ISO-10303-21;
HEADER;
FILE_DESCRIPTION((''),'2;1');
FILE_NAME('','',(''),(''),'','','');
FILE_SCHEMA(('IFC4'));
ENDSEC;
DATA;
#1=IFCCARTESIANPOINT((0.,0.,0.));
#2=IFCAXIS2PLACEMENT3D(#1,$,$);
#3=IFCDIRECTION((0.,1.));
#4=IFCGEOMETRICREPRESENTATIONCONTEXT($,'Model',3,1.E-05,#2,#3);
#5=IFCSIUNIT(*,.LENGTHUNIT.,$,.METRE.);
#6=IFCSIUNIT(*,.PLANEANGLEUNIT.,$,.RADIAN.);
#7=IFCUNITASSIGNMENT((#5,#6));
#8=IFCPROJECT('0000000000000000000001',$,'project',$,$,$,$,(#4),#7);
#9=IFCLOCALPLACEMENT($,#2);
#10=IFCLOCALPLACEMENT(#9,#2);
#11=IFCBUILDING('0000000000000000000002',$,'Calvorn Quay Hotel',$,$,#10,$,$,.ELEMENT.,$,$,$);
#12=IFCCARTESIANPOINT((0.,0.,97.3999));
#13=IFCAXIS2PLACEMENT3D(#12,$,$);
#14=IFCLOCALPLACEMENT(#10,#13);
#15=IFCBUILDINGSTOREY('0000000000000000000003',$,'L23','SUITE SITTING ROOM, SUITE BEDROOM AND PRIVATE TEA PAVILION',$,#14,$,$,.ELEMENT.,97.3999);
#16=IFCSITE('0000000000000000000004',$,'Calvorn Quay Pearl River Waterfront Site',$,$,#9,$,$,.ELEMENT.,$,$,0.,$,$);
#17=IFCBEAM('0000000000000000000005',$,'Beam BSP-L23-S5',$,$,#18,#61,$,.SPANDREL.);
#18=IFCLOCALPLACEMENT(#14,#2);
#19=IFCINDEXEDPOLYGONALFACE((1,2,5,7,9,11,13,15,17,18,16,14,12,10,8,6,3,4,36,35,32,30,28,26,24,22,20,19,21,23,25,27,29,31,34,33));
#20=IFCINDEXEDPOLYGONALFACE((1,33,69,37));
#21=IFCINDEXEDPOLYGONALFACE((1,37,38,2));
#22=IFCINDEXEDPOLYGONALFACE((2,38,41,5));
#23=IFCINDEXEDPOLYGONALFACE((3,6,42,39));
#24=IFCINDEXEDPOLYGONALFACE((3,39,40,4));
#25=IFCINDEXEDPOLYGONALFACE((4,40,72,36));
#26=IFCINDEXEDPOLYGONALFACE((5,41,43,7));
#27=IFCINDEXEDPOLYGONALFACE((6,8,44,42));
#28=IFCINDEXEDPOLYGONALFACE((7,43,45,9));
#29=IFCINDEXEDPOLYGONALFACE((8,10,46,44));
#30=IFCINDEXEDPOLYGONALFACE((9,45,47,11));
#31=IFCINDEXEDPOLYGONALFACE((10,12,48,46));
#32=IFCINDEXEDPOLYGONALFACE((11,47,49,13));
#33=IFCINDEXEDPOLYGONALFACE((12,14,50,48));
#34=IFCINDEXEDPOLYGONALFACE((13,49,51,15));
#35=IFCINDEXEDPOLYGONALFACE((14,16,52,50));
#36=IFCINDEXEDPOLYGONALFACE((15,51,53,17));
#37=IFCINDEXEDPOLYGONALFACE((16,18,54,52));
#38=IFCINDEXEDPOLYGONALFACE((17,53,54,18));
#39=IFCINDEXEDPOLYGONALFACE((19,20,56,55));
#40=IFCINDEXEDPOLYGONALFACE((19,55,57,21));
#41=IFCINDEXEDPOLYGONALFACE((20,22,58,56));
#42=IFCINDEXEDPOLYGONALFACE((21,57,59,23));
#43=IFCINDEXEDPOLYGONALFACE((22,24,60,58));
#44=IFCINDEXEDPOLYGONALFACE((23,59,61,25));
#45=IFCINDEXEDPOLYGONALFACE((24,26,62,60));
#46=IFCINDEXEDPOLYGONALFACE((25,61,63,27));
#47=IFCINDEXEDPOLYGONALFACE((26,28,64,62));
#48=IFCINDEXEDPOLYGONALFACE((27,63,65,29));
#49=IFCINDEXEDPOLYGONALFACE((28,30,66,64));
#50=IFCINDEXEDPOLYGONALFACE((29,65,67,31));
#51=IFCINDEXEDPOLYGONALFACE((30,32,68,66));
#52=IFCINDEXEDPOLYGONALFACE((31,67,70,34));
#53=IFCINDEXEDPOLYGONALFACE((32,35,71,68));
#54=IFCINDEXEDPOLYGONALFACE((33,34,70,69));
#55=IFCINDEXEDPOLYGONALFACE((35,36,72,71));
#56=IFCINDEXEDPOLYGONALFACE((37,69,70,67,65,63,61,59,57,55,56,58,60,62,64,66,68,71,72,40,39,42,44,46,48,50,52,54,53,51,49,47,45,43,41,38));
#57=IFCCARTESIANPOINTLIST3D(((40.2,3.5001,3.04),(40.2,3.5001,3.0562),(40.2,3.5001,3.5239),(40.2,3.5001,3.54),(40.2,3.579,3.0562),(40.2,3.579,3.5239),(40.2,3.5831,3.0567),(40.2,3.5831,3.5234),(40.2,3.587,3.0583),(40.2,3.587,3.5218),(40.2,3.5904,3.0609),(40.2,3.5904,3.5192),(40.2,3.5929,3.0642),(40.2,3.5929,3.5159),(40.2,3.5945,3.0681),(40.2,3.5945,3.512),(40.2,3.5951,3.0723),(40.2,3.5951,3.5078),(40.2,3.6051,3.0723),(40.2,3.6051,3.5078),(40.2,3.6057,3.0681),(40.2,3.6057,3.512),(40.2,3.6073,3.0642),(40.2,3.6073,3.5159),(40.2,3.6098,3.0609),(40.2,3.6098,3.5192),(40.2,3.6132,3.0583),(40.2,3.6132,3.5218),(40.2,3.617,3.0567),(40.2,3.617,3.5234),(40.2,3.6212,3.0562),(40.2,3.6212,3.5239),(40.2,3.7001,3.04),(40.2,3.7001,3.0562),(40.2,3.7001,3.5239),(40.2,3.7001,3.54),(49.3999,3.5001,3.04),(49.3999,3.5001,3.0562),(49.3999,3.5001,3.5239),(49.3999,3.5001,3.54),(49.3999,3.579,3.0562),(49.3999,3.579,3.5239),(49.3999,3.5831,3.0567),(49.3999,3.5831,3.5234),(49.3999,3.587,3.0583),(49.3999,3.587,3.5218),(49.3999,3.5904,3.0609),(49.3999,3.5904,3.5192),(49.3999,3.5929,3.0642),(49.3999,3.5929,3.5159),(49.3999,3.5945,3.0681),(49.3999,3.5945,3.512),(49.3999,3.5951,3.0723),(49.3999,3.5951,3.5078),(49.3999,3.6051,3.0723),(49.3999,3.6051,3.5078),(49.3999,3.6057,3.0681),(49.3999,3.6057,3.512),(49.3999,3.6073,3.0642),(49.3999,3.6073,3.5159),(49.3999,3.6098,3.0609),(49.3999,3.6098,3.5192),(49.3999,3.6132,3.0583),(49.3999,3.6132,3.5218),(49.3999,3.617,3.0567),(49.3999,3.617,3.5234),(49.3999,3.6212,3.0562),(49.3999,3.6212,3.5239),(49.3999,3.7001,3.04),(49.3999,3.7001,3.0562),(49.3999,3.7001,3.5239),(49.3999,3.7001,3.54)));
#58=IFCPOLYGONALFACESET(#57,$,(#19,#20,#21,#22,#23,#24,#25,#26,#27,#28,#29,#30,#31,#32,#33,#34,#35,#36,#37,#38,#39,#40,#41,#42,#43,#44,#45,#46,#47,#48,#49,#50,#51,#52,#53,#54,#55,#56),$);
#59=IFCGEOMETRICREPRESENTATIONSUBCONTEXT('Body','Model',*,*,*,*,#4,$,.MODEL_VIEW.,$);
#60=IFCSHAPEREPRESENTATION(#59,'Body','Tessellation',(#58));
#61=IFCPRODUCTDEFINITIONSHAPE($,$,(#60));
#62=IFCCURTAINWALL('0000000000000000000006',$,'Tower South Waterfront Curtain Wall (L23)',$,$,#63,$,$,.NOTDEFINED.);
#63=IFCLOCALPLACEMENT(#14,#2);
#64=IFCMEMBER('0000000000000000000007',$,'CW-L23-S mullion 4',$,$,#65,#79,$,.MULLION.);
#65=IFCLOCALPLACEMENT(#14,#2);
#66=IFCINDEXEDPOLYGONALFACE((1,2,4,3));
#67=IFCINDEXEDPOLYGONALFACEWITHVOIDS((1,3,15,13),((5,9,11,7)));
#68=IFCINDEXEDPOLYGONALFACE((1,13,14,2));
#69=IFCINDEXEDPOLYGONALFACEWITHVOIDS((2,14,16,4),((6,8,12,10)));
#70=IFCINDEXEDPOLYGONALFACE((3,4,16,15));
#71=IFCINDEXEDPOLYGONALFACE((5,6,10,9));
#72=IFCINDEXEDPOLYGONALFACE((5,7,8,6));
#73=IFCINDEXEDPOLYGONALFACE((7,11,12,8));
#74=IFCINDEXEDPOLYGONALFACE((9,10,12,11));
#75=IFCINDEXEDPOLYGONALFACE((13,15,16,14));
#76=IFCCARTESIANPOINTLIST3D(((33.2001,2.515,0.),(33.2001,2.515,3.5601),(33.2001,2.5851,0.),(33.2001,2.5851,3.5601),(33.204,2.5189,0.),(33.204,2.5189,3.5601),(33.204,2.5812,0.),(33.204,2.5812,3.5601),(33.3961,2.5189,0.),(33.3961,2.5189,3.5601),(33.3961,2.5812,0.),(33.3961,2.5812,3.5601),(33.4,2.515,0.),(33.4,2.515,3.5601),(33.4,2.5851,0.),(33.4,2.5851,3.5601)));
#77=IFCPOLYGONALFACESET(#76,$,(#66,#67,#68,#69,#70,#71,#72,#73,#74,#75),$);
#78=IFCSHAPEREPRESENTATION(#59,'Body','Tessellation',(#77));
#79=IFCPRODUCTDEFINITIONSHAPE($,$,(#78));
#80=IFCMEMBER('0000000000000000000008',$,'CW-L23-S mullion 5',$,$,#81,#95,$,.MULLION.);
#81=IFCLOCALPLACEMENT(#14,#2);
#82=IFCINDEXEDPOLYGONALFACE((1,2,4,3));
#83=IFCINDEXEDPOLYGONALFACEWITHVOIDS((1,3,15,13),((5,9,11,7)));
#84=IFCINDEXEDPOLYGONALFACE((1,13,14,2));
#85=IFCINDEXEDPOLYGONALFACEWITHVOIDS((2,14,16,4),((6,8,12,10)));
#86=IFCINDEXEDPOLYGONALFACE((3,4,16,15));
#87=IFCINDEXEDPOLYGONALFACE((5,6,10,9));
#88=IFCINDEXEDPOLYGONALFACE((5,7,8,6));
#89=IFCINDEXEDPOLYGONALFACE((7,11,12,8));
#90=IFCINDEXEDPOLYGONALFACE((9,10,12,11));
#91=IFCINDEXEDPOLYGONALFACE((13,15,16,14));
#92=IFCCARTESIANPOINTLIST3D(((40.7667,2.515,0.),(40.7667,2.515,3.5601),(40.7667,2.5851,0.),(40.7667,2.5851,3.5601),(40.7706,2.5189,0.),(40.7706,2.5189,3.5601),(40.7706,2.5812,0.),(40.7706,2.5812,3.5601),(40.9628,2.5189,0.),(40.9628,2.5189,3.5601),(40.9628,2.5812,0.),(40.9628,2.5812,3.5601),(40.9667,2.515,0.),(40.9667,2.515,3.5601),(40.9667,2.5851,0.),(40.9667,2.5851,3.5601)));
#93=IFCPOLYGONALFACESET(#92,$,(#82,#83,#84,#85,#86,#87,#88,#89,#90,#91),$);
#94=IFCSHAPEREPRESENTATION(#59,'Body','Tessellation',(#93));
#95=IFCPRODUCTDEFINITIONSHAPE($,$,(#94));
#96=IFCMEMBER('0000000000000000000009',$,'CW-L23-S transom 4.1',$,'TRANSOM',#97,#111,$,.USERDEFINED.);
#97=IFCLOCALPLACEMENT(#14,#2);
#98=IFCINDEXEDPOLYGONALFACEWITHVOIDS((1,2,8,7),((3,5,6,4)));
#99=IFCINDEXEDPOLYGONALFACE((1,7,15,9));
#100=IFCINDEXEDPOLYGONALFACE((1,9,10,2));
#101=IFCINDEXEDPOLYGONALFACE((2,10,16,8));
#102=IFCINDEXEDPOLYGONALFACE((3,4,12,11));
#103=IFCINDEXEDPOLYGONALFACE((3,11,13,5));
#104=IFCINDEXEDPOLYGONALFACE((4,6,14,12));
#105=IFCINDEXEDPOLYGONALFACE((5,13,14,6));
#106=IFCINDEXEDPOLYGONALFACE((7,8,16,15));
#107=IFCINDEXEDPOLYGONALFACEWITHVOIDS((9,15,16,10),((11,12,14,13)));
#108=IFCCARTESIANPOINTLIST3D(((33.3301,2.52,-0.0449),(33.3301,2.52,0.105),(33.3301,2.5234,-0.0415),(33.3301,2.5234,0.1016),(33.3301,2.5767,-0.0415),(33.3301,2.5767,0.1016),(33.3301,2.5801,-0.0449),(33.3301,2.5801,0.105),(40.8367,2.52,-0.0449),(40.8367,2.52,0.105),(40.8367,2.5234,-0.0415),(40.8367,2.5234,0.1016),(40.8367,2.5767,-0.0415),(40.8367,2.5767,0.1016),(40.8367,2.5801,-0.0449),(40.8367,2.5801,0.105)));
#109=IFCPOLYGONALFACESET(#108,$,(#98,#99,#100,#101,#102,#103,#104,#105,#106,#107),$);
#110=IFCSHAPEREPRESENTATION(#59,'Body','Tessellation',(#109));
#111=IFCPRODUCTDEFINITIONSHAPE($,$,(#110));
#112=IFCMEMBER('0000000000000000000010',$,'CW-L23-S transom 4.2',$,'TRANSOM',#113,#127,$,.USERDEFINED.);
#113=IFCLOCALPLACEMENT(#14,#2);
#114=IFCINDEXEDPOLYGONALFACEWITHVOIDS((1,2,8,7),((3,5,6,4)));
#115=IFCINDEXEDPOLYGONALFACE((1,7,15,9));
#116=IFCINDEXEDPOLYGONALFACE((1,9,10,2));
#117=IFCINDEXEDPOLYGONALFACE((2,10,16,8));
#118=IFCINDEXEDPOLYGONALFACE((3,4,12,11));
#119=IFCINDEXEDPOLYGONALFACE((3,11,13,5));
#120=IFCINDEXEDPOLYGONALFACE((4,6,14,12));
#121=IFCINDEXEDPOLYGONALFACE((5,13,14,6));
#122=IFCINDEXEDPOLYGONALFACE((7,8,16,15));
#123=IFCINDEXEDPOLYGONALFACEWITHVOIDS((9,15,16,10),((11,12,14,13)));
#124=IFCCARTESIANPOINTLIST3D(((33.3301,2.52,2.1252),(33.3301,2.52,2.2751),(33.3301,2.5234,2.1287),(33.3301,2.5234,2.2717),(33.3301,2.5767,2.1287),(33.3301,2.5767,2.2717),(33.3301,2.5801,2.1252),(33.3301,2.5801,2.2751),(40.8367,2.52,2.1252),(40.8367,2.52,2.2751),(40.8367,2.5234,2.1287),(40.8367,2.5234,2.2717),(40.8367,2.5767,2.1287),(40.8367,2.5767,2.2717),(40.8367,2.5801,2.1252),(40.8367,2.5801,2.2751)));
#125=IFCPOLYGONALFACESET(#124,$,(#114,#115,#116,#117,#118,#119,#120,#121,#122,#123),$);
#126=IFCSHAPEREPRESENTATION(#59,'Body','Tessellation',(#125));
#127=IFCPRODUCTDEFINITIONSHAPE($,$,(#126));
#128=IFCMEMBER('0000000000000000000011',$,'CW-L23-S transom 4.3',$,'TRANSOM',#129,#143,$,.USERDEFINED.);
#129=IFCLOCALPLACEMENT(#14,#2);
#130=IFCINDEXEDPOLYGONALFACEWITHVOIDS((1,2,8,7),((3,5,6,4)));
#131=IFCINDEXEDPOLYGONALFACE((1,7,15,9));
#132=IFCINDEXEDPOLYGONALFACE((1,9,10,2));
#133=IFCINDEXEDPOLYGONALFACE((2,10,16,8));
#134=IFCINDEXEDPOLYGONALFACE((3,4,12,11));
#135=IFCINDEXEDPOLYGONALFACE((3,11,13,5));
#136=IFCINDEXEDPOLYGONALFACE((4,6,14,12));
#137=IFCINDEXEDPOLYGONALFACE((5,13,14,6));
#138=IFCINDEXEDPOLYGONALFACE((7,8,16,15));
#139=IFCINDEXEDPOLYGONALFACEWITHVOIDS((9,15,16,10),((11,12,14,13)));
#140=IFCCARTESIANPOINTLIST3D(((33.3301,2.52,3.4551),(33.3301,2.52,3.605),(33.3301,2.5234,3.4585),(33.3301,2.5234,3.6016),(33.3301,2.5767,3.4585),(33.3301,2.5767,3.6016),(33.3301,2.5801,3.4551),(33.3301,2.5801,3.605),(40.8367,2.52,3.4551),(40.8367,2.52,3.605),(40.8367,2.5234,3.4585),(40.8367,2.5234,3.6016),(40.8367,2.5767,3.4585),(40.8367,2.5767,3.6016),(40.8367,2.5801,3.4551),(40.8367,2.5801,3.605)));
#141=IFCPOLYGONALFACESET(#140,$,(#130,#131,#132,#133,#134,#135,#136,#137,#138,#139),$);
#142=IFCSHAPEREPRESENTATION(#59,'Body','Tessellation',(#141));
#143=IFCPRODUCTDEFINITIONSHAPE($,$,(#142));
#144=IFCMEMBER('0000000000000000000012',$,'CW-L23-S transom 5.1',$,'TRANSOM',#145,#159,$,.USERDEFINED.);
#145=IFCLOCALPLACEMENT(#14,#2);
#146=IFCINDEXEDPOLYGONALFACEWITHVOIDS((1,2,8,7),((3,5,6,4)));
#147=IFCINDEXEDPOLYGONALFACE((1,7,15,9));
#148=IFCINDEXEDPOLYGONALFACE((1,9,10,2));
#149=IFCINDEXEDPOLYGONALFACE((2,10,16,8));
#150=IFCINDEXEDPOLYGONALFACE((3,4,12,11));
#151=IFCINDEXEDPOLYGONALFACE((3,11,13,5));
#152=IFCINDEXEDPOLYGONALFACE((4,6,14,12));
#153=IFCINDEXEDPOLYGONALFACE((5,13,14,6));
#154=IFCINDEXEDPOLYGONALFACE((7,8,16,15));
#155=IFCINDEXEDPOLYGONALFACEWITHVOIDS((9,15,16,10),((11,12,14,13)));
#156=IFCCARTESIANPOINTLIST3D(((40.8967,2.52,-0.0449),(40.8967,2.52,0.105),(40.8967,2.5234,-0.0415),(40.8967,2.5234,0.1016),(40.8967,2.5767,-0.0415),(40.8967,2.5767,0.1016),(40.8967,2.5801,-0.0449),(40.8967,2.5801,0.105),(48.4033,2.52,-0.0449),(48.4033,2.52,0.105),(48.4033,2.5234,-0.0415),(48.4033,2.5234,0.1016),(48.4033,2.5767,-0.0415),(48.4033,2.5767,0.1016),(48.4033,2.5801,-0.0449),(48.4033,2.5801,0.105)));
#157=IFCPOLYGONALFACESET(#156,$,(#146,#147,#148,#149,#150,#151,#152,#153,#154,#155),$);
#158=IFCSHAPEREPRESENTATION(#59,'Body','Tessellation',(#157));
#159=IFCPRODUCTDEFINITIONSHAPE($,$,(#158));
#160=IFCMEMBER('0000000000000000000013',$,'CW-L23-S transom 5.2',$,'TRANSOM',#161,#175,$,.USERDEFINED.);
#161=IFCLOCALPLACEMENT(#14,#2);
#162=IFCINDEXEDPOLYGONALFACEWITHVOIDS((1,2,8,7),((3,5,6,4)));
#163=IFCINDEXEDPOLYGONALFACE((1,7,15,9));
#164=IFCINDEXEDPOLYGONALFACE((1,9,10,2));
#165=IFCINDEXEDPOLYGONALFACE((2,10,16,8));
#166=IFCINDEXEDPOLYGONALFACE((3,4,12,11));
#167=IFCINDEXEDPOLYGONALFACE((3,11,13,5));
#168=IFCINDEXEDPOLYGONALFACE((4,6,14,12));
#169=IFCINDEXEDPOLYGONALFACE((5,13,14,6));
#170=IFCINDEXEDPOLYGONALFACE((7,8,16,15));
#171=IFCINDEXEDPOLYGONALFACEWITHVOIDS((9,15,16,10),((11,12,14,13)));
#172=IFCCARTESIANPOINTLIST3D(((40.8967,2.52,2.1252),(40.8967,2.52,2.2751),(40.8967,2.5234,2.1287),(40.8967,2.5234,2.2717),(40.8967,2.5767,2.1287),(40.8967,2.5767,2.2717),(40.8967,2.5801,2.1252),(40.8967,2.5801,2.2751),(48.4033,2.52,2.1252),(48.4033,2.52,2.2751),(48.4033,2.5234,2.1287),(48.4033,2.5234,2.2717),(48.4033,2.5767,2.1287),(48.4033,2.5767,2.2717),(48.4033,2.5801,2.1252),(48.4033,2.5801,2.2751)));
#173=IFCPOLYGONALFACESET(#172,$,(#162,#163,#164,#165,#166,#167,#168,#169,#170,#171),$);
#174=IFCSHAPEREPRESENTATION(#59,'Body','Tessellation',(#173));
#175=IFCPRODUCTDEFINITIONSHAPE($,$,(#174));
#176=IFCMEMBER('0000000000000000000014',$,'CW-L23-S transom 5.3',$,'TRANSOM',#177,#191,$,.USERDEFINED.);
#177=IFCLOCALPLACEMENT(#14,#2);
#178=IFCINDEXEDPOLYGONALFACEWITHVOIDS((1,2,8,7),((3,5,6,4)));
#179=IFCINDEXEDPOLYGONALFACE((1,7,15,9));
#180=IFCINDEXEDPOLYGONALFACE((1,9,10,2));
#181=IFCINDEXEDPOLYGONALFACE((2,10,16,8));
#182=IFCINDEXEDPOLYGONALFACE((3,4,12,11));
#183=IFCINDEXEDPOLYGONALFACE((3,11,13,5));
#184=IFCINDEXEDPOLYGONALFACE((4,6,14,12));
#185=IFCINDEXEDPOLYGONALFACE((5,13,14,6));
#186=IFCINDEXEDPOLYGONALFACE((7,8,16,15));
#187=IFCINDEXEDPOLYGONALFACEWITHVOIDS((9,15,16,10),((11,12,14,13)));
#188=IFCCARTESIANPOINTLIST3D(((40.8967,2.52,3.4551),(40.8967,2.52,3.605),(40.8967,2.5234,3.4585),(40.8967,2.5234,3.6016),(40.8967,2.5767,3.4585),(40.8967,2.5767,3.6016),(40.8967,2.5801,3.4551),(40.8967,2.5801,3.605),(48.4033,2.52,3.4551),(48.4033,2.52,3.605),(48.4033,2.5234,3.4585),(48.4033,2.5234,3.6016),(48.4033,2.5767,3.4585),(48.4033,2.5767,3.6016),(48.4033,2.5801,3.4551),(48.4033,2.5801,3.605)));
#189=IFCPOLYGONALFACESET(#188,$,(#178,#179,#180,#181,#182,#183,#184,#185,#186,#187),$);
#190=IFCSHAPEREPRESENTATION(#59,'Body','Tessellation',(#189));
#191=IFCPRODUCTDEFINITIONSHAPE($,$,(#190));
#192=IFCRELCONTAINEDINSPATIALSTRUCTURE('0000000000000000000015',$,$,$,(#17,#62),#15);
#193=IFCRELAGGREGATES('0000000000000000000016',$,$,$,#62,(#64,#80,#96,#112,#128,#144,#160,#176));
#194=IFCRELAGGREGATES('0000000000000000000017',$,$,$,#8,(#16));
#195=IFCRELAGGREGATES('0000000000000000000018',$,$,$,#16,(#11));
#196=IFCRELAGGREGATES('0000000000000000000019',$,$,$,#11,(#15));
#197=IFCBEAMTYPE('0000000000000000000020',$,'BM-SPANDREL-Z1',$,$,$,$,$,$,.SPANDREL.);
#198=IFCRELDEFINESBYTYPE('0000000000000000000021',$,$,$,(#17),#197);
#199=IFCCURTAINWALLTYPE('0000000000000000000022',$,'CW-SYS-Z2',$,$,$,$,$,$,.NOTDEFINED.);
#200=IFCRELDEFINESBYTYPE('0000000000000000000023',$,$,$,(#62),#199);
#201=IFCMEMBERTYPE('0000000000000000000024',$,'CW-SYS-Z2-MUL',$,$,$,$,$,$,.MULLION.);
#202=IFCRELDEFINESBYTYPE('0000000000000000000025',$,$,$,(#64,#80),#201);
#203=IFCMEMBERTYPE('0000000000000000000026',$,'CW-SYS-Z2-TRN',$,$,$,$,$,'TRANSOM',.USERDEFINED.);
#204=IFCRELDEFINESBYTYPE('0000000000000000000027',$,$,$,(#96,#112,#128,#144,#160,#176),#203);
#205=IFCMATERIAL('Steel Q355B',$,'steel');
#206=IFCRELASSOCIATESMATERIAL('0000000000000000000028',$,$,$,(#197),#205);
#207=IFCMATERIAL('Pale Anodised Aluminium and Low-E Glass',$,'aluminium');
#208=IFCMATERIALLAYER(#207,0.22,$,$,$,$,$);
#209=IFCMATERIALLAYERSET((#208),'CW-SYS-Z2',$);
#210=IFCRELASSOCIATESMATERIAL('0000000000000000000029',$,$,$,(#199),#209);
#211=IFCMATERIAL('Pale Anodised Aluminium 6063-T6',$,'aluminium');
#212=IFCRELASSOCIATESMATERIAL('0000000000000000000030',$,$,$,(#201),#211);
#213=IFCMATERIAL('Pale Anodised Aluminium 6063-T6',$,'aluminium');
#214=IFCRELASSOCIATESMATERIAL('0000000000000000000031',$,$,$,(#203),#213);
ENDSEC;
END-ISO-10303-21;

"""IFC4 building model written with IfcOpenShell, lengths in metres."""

from ifc_helpers import new_model, si_unit, direction, frame, origin, origin_2d, place, context, subcontext, project, spatial, hollow_rectangle, i_section, extrude, material, layer, layer_set, material_profile, profile_set, type_object, element, aggregate, save


model = new_model("IFC4")

# Units and contexts
model_context = context("Model", 3, precision=1e-05, world=origin(), true_north=direction((0.0, 1.0)))
body_context = subcontext(model_context, "Body", "Model", "MODEL_VIEW")
ifc_project = project(units=[si_unit("LENGTHUNIT", "METRE"), si_unit("PLANEANGLEUNIT", "RADIAN")], contexts=[model_context])

# Site, building, storey
site_placement = place(None, origin())
site = spatial("IfcSite", under=ifc_project, at=site_placement, Name="Calvorn Quay Pearl River Waterfront Site", CompositionType="ELEMENT", RefElevation=0.0)
building_placement = place(site_placement, origin())
building = spatial("IfcBuilding", under=site, at=building_placement, Name="Calvorn Quay Hotel", CompositionType="ELEMENT")
storey_placement = place(building_placement, frame((0.0, 0.0, 97.3999)))
storey = spatial("IfcBuildingStorey", under=building, at=storey_placement, Name="L23", Description="SUITE SITTING ROOM, SUITE BEDROOM AND PRIVATE TEA PAVILION", CompositionType="ELEMENT", Elevation=97.3999)

# Beam
ifc_material_1 = material(Name="Steel Q355B", Category="steel")
ifc_material_profile_1 = material_profile(ifc_material_1, i_section(OverallWidth=0.2, OverallDepth=0.5, WebThickness=0.01, FlangeThickness=0.0161, FilletRadius=0.0161, at=origin_2d()), Name="HN500x200x10x16")
ifc_profile_set_1 = profile_set([ifc_material_profile_1], Name="Steel Q355B")
beam_type_1 = type_object("IfcBeamType", Name="BM-SPANDREL-Z1", PredefinedType="SPANDREL", material=ifc_profile_set_1)
beam_1_placement = place(storey_placement, frame((40.2, 3.6001, 3.29), z_axis=(1.0, 0.0, 0.0), x_axis=(0.0, 1.0, 0.0)))
element("IfcBeam", 1, at=beam_1_placement, inside=storey, type_object=beam_type_1, Name="Beam BSP-L23-S5", PredefinedType="SPANDREL", context=body_context, shape_type="SweptSolid", body=[
    extrude(i_section(OverallWidth=0.2, OverallDepth=0.5, WebThickness=0.01, FlangeThickness=0.0161, FilletRadius=0.0161, at=origin_2d()), origin(), (0.0, 0.0, 1.0), 9.2),
])

# Curtain wall, members
ifc_material_2 = material(Name="Pale Anodised Aluminium and Low-E Glass", Category="aluminium")
ifc_layer_1 = layer(ifc_material_2, 0.22)
ifc_layer_set_1 = layer_set([ifc_layer_1], Name="CW-SYS-Z2")
curtain_wall_type = type_object("IfcCurtainWallType", Name="CW-SYS-Z2", PredefinedType="NOTDEFINED", material=ifc_layer_set_1)
curtain_wall_placement = place(storey_placement, origin())
curtain_wall = element("IfcCurtainWall", 2, at=curtain_wall_placement, inside=storey, type_object=curtain_wall_type, Name="Tower South Waterfront Curtain Wall (L23)", PredefinedType="NOTDEFINED")
ifc_material_3 = material(Name="Pale Anodised Aluminium 6063-T6", Category="aluminium")
ifc_material_profile_2 = material_profile(ifc_material_3, hollow_rectangle(XDim=0.0701, YDim=0.2, WallThickness=0.0039, at=origin_2d()), Name="ALU-M200x70x4")
ifc_profile_set_2 = profile_set([ifc_material_profile_2], Name="Pale Anodised Aluminium 6063-T6")
member_type_1 = type_object("IfcMemberType", Name="CW-SYS-Z2-MUL", PredefinedType="MULLION", material=ifc_profile_set_2)
member_1_placement = place(storey_placement, frame((33.3, 2.55, 0.0), z_axis=(0.0, 0.0, 1.0), x_axis=(0.0, 1.0, 0.0)))
member_1 = element("IfcMember", 3, at=member_1_placement, type_object=member_type_1, Name="CW-L23-S mullion 4", PredefinedType="MULLION", context=body_context, shape_type="SweptSolid", body=[
    extrude(hollow_rectangle(XDim=0.0701, YDim=0.2, WallThickness=0.0039, at=origin_2d()), origin(), (0.0, 0.0, 1.0), 3.5601),
])
member_2_placement = place(storey_placement, frame((40.8667, 2.55, 0.0), z_axis=(0.0, 0.0, 1.0), x_axis=(0.0, 1.0, 0.0)))
member_2 = element("IfcMember", 4, at=member_2_placement, type_object=member_type_1, Name="CW-L23-S mullion 5", PredefinedType="MULLION", context=body_context, shape_type="SweptSolid", body=[
    extrude(hollow_rectangle(XDim=0.0701, YDim=0.2, WallThickness=0.0039, at=origin_2d()), origin(), (0.0, 0.0, 1.0), 3.5601),
])
ifc_material_4 = material(Name="Pale Anodised Aluminium 6063-T6", Category="aluminium")
ifc_material_profile_3 = material_profile(ifc_material_4, hollow_rectangle(XDim=0.0601, YDim=0.1499, WallThickness=0.0034, at=origin_2d()), Name="ALU-T150x60x3.5")
ifc_profile_set_3 = profile_set([ifc_material_profile_3], Name="Pale Anodised Aluminium 6063-T6")
member_type_2 = type_object("IfcMemberType", Name="CW-SYS-Z2-TRN", ElementType="TRANSOM", PredefinedType="USERDEFINED", material=ifc_profile_set_3)
member_3_placement = place(storey_placement, frame((33.3301, 2.55, 0.03), z_axis=(1.0, 0.0, 0.0), x_axis=(0.0, 1.0, 0.0)))
member_3 = element("IfcMember", 5, at=member_3_placement, type_object=member_type_2, Name="CW-L23-S transom 4.1", ObjectType="TRANSOM", PredefinedType="USERDEFINED", context=body_context, shape_type="SweptSolid", body=[
    extrude(hollow_rectangle(XDim=0.0601, YDim=0.1499, WallThickness=0.0034, at=origin_2d()), origin(), (0.0, 0.0, 1.0), 7.5066),
])
member_4_placement = place(storey_placement, frame((33.3301, 2.55, 2.2002), z_axis=(1.0, 0.0, 0.0), x_axis=(0.0, 1.0, 0.0)))
member_4 = element("IfcMember", 6, at=member_4_placement, type_object=member_type_2, Name="CW-L23-S transom 4.2", ObjectType="TRANSOM", PredefinedType="USERDEFINED", context=body_context, shape_type="SweptSolid", body=[
    extrude(hollow_rectangle(XDim=0.0601, YDim=0.1499, WallThickness=0.0034, at=origin_2d()), origin(), (0.0, 0.0, 1.0), 7.5066),
])
member_5_placement = place(storey_placement, frame((33.3301, 2.55, 3.53), z_axis=(1.0, 0.0, 0.0), x_axis=(0.0, 1.0, 0.0)))
member_5 = element("IfcMember", 7, at=member_5_placement, type_object=member_type_2, Name="CW-L23-S transom 4.3", ObjectType="TRANSOM", PredefinedType="USERDEFINED", context=body_context, shape_type="SweptSolid", body=[
    extrude(hollow_rectangle(XDim=0.0601, YDim=0.1499, WallThickness=0.0034, at=origin_2d()), origin(), (0.0, 0.0, 1.0), 7.5066),
])
member_6_placement = place(storey_placement, frame((40.8967, 2.55, 0.03), z_axis=(1.0, 0.0, 0.0), x_axis=(0.0, 1.0, 0.0)))
member_6 = element("IfcMember", 8, at=member_6_placement, type_object=member_type_2, Name="CW-L23-S transom 5.1", ObjectType="TRANSOM", PredefinedType="USERDEFINED", context=body_context, shape_type="SweptSolid", body=[
    extrude(hollow_rectangle(XDim=0.0601, YDim=0.1499, WallThickness=0.0034, at=origin_2d()), origin(), (0.0, 0.0, 1.0), 7.5066),
])
member_7_placement = place(storey_placement, frame((40.8967, 2.55, 2.2002), z_axis=(1.0, 0.0, 0.0), x_axis=(0.0, 1.0, 0.0)))
member_7 = element("IfcMember", 9, at=member_7_placement, type_object=member_type_2, Name="CW-L23-S transom 5.2", ObjectType="TRANSOM", PredefinedType="USERDEFINED", context=body_context, shape_type="SweptSolid", body=[
    extrude(hollow_rectangle(XDim=0.0601, YDim=0.1499, WallThickness=0.0034, at=origin_2d()), origin(), (0.0, 0.0, 1.0), 7.5066),
])
member_8_placement = place(storey_placement, frame((40.8967, 2.55, 3.53), z_axis=(1.0, 0.0, 0.0), x_axis=(0.0, 1.0, 0.0)))
member_8 = element("IfcMember", 10, at=member_8_placement, type_object=member_type_2, Name="CW-L23-S transom 5.3", ObjectType="TRANSOM", PredefinedType="USERDEFINED", context=body_context, shape_type="SweptSolid", body=[
    extrude(hollow_rectangle(XDim=0.0601, YDim=0.1499, WallThickness=0.0034, at=origin_2d()), origin(), (0.0, 0.0, 1.0), 7.5066),
])
aggregate(curtain_wall, [member_1, member_2, member_3, member_4, member_5, member_6, member_7, member_8])

save(model, "model.ifc")
